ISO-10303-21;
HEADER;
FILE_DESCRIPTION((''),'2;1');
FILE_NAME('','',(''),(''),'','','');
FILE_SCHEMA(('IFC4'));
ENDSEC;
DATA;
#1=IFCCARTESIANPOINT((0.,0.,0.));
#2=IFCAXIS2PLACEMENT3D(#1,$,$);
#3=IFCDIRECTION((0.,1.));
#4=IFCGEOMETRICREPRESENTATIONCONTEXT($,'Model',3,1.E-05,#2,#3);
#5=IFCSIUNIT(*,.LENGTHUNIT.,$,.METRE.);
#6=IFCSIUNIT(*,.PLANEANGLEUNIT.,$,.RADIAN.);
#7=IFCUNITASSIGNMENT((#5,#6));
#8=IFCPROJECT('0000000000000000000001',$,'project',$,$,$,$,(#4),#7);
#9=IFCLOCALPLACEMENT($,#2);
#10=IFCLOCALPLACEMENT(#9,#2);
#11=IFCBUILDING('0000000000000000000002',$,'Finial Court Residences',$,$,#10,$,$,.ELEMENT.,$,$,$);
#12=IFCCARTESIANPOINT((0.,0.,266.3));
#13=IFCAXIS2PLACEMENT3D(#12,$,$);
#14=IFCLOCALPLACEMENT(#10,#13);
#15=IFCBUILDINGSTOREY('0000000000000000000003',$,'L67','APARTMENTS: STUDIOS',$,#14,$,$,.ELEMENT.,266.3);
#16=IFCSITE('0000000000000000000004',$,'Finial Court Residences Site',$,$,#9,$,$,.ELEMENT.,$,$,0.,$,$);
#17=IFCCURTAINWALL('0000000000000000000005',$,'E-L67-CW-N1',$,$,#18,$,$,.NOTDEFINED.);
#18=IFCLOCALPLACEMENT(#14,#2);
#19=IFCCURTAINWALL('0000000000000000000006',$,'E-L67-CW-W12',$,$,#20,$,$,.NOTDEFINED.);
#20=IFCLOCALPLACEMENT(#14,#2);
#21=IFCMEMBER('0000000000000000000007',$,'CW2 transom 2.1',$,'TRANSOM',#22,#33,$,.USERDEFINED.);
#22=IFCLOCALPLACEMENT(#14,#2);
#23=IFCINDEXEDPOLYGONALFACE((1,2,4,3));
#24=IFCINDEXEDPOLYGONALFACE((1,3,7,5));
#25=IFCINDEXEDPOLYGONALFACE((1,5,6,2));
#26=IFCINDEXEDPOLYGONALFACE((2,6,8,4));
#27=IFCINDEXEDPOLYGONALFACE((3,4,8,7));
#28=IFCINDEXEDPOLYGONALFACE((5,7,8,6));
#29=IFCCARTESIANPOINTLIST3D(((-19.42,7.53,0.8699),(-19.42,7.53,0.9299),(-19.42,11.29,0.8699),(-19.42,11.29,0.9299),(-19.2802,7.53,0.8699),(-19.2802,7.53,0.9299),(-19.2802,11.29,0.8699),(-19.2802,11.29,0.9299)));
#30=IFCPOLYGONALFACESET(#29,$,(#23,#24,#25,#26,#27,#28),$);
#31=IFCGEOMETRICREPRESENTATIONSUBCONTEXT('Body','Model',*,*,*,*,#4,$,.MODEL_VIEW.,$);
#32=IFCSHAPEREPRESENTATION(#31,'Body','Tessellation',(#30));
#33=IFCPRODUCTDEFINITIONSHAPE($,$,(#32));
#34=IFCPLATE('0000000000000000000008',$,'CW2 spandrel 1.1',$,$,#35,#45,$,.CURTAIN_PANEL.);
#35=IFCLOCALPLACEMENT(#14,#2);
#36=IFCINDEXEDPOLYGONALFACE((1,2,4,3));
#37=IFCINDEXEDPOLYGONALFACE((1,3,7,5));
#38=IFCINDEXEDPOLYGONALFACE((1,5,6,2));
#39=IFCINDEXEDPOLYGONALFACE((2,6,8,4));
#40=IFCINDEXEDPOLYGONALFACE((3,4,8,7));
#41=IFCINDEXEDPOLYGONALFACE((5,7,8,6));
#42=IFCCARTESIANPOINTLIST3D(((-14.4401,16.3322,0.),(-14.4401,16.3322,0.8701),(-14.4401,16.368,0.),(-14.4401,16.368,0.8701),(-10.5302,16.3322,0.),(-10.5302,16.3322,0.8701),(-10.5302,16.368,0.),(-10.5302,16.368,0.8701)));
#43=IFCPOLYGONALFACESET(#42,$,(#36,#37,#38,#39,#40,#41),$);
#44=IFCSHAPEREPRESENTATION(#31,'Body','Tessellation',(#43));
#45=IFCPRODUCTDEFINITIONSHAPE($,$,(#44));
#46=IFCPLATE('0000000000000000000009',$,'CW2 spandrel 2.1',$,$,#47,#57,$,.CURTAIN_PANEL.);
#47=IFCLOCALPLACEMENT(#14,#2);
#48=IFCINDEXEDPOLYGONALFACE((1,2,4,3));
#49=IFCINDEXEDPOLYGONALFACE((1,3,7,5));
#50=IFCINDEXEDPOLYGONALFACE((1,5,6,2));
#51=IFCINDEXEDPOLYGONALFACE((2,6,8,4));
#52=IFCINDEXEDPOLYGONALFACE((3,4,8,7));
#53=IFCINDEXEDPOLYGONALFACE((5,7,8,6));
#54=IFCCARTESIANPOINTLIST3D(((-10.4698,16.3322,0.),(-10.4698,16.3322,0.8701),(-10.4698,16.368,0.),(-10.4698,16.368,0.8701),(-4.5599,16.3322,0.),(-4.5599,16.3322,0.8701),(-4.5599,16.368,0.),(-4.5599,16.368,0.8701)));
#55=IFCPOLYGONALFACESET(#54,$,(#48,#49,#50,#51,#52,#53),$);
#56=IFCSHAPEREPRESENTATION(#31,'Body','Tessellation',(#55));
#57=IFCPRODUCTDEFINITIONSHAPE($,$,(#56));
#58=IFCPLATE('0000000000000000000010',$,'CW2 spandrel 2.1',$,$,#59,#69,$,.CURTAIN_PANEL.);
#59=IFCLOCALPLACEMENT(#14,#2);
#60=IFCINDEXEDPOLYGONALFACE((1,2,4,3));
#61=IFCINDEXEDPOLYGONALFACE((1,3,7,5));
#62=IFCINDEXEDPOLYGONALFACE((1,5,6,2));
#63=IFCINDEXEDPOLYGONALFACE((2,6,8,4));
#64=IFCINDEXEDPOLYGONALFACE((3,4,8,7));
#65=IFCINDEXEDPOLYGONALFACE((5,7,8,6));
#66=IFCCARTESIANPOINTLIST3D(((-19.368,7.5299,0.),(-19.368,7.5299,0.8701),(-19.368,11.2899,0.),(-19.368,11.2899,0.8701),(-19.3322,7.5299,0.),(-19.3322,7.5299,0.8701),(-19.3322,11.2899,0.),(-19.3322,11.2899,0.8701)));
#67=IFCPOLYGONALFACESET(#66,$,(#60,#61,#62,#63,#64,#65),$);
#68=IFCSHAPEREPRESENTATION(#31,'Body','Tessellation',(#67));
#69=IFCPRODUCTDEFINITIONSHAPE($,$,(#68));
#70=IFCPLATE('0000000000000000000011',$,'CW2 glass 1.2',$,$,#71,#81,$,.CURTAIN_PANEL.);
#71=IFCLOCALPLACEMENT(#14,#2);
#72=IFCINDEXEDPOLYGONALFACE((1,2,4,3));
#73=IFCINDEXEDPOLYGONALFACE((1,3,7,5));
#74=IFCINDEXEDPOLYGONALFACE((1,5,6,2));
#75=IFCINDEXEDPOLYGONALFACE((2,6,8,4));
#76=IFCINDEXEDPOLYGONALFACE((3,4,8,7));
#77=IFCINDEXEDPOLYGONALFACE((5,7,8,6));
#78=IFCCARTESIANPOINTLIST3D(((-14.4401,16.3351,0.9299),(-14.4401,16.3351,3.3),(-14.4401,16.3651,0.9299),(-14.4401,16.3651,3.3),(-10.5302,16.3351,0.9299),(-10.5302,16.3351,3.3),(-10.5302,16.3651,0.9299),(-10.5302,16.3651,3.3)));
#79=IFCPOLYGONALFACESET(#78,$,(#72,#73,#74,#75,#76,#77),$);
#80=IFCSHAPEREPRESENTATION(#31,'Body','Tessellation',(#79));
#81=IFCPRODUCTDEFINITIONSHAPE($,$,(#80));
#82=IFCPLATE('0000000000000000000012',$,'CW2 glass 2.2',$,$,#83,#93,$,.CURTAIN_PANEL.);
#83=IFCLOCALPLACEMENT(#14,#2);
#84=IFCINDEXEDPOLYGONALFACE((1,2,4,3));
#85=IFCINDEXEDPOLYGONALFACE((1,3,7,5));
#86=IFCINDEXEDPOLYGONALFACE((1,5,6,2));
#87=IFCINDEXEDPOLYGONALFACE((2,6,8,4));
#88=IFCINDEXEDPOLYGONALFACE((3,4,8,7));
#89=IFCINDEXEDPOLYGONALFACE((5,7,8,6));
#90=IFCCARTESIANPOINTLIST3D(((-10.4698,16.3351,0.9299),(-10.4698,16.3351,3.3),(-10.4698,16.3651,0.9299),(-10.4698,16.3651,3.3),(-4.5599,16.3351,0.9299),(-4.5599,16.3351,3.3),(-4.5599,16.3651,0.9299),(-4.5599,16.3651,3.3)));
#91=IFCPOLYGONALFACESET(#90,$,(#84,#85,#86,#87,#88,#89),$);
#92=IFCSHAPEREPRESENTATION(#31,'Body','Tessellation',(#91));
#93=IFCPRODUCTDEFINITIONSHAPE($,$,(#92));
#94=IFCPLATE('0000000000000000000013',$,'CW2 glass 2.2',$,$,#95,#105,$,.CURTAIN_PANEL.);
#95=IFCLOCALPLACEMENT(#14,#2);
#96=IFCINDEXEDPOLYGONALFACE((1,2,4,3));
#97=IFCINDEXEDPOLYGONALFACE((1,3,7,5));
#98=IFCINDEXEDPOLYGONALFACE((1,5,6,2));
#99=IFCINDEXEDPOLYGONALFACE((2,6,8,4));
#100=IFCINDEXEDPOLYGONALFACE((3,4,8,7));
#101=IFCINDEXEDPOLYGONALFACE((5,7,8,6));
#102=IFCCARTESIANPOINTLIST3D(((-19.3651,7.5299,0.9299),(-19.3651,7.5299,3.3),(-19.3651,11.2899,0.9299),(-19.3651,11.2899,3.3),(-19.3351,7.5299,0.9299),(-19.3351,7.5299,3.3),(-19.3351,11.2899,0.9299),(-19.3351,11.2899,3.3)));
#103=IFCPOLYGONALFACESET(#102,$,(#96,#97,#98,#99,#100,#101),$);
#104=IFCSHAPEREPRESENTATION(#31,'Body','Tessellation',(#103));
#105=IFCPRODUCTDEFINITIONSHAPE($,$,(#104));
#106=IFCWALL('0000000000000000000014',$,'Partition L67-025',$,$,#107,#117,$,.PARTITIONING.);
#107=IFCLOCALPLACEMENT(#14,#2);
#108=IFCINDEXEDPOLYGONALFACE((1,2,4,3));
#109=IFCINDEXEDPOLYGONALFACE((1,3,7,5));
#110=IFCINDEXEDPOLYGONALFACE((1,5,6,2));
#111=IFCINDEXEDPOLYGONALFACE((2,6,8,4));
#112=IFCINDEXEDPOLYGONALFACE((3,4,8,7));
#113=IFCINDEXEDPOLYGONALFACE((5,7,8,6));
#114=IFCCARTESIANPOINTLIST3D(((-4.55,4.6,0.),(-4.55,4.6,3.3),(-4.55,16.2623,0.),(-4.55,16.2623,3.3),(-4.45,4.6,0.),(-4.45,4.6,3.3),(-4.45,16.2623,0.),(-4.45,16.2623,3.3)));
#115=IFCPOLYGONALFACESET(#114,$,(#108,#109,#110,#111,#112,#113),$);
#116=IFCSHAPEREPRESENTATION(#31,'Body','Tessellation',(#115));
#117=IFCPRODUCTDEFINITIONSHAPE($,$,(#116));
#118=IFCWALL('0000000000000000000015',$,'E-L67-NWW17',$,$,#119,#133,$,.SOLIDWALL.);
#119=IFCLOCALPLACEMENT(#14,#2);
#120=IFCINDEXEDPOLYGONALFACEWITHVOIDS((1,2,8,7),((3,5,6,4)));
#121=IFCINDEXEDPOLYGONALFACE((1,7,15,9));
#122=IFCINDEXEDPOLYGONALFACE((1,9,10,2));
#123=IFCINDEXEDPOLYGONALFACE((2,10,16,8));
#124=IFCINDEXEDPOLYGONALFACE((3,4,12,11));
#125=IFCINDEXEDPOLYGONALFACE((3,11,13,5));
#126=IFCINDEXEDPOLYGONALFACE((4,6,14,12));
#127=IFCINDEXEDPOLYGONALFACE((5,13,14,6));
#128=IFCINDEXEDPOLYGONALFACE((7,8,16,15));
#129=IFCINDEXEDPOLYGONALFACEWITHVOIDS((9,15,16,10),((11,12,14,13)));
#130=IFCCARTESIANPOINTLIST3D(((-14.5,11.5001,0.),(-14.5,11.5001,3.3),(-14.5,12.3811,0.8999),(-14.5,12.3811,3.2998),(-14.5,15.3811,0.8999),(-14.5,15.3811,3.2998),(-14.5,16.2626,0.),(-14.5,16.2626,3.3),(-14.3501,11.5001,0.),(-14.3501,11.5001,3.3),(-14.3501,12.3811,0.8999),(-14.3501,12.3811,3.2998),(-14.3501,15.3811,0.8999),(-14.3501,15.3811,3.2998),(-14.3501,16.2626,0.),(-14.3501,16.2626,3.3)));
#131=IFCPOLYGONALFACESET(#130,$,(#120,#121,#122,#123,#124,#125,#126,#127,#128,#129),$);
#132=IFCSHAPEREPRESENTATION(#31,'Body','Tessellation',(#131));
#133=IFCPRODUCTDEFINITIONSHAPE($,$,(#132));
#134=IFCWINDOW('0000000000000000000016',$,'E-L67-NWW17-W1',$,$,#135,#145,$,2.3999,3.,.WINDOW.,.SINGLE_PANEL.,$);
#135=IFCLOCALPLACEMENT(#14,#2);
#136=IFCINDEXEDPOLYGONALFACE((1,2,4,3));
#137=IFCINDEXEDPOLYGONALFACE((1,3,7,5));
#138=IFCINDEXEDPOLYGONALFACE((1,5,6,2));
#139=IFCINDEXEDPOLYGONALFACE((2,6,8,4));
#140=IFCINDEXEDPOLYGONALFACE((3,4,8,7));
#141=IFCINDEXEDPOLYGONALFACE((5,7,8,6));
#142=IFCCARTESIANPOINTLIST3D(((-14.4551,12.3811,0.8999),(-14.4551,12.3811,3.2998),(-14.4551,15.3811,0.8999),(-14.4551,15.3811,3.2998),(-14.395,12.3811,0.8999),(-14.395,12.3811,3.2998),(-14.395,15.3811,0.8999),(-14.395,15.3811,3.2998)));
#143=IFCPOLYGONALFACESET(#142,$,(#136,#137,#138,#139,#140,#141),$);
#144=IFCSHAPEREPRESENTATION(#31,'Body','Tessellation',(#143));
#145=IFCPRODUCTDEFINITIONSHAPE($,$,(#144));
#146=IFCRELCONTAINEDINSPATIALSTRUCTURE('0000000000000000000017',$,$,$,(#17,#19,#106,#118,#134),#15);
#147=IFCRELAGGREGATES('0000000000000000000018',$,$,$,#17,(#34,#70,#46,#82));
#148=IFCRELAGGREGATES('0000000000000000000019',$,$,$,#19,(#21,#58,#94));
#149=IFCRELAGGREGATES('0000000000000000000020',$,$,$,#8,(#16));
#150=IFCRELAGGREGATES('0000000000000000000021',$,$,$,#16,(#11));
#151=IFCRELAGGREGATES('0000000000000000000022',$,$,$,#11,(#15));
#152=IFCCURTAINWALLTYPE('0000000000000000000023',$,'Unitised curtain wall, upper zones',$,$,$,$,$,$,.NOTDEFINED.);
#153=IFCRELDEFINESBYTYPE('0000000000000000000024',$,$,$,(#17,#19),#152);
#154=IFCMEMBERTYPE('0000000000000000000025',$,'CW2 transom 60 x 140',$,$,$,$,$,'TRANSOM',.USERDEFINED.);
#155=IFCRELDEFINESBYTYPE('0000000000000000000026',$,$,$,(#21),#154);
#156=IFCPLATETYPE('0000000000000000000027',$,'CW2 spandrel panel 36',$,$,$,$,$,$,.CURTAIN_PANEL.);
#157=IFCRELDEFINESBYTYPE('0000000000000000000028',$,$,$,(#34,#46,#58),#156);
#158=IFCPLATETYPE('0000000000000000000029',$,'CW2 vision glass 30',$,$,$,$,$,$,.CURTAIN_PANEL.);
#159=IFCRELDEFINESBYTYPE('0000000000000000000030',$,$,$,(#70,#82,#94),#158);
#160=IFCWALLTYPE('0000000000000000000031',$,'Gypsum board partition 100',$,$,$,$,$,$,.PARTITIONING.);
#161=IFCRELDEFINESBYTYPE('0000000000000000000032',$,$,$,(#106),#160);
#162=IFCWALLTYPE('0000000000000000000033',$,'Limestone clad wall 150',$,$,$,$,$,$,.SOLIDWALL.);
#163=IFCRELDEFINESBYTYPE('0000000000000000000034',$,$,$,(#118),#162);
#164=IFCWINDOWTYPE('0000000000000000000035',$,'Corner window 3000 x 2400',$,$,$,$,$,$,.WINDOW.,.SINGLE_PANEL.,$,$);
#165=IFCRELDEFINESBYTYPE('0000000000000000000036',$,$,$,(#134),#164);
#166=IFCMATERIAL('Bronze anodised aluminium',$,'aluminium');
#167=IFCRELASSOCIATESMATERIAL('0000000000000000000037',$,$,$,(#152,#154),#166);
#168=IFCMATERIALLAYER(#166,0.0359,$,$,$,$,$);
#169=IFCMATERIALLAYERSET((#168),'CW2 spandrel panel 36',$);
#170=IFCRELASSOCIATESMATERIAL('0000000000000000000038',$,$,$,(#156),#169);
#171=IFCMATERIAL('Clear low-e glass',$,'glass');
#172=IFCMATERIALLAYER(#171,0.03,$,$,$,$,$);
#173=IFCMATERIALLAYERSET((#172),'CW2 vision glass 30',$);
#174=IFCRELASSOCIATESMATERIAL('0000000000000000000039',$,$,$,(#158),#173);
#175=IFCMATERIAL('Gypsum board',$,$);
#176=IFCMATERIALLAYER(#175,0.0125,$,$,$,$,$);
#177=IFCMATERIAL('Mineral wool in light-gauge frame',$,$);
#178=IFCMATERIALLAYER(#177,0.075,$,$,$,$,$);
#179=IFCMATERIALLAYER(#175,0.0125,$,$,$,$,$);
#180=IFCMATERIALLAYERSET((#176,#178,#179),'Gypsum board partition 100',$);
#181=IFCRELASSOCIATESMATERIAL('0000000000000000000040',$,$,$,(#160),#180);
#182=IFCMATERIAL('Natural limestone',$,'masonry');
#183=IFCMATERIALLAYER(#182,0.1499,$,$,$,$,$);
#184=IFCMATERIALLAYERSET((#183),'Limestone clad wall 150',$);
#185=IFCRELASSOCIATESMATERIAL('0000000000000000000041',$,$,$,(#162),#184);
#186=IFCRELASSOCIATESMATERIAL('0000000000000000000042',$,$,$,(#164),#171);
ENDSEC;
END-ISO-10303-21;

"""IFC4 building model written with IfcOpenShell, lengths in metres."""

from ifc_helpers import new_model, si_unit, direction, frame, frame_2d, origin, origin_2d, place, context, subcontext, project, spatial, rectangle, extrude, material, layer, layer_set, material_profile, profile_set, type_object, element, fill, aggregate, save


model = new_model("IFC4")

# Units and contexts
model_context = context("Model", 3, precision=1e-05, world=origin(), true_north=direction((0.0, 1.0)))
body_context = subcontext(model_context, "Body", "Model", "MODEL_VIEW")
ifc_project = project(units=[si_unit("LENGTHUNIT", "METRE"), si_unit("PLANEANGLEUNIT", "RADIAN")], contexts=[model_context])

# Site, building, storey
site_placement = place(None, origin())
site = spatial("IfcSite", under=ifc_project, at=site_placement, Name="Finial Court Residences Site", CompositionType="ELEMENT", RefElevation=0.0)
building_placement = place(site_placement, origin())
building = spatial("IfcBuilding", under=site, at=building_placement, Name="Finial Court Residences", CompositionType="ELEMENT")
storey_placement = place(building_placement, frame((0.0, 0.0, 266.3)))
storey = spatial("IfcBuildingStorey", under=building, at=storey_placement, Name="L67", Description="APARTMENTS: STUDIOS", CompositionType="ELEMENT", Elevation=266.3)

# Curtain wall
ifc_material_1 = material(Name="Bronze anodised aluminium", Category="aluminium")
curtain_wall_type = type_object("IfcCurtainWallType", Name="Unitised curtain wall, upper zones", PredefinedType="NOTDEFINED", material=ifc_material_1)
curtain_wall_1_placement = place(storey_placement, origin())
curtain_wall_1 = element("IfcCurtainWall", 1, at=curtain_wall_1_placement, inside=storey, type_object=curtain_wall_type, Name="E-L67-CW-N1", PredefinedType="NOTDEFINED")

# Curtain wall
curtain_wall_2_placement = place(storey_placement, origin())
curtain_wall_2 = element("IfcCurtainWall", 2, at=curtain_wall_2_placement, inside=storey, type_object=curtain_wall_type, Name="E-L67-CW-W12", PredefinedType="NOTDEFINED")

# Member
ifc_material_profile_1 = material_profile(ifc_material_1, rectangle(XDim=0.1399, YDim=0.0601, at=origin_2d()), Name="CW2 transom 60 x 140")
ifc_profile_set_1 = profile_set([ifc_material_profile_1], Name="Bronze anodised aluminium")
member_type_1 = type_object("IfcMemberType", Name="CW2 transom 60 x 140", ElementType="TRANSOM", PredefinedType="USERDEFINED", material=ifc_profile_set_1)
member_1_placement = place(storey_placement, frame((-19.3501, 7.53, 0.8999), z_axis=(0.0, 1.0, 0.0), x_axis=(-1.0, 0.0, 0.0)))
member_1 = element("IfcMember", 3, at=member_1_placement, type_object=member_type_1, Name="CW2 transom 2.1", ObjectType="TRANSOM", PredefinedType="USERDEFINED", context=body_context, shape_type="SweptSolid", body=[
    extrude(rectangle(XDim=0.1399, YDim=0.0601, at=origin_2d()), origin(), (0.0, 0.0, 1.0), 3.76),
])

# Plates
ifc_layer_1 = layer(ifc_material_1, 0.0359)
ifc_layer_set_1 = layer_set([ifc_layer_1], Name="CW2 spandrel panel 36")
plate_type_1 = type_object("IfcPlateType", Name="CW2 spandrel panel 36", PredefinedType="CURTAIN_PANEL", material=ifc_layer_set_1)
plate_1_placement = place(storey_placement, frame((-12.4851, 16.3501, 0.0), z_axis=(0.0, 0.0, 1.0), x_axis=(1.0, 0.0, 0.0)))
plate_1 = element("IfcPlate", 4, at=plate_1_placement, type_object=plate_type_1, Name="CW2 spandrel 1.1", PredefinedType="CURTAIN_PANEL", context=body_context, shape_type="SweptSolid", body=[
    extrude(rectangle(XDim=3.9099, YDim=0.0359, at=origin_2d()), origin(), (0.0, 0.0, 1.0), 0.8701),
])
plate_2_placement = place(storey_placement, frame((-7.5149, 16.3501, 0.0), z_axis=(0.0, 0.0, 1.0), x_axis=(1.0, 0.0, 0.0)))
plate_2 = element("IfcPlate", 5, at=plate_2_placement, type_object=plate_type_1, Name="CW2 spandrel 2.1", PredefinedType="CURTAIN_PANEL", context=body_context, shape_type="SweptSolid", body=[
    extrude(rectangle(XDim=5.9099, YDim=0.0359, at=origin_2d()), origin(), (0.0, 0.0, 1.0), 0.8701),
])
plate_3_placement = place(storey_placement, frame((-19.3501, 9.4099, 0.0), z_axis=(0.0, 0.0, 1.0), x_axis=(0.0, 1.0, 0.0)))
plate_3 = element("IfcPlate", 6, at=plate_3_placement, type_object=plate_type_1, Name="CW2 spandrel 2.1", PredefinedType="CURTAIN_PANEL", context=body_context, shape_type="SweptSolid", body=[
    extrude(rectangle(XDim=3.76, YDim=0.0359, at=origin_2d()), origin(), (0.0, 0.0, 1.0), 0.8701),
])
ifc_material_2 = material(Name="Clear low-e glass", Category="glass")
ifc_layer_2 = layer(ifc_material_2, 0.03)
ifc_layer_set_2 = layer_set([ifc_layer_2], Name="CW2 vision glass 30")
plate_type_2 = type_object("IfcPlateType", Name="CW2 vision glass 30", PredefinedType="CURTAIN_PANEL", material=ifc_layer_set_2)
plate_4_placement = place(storey_placement, frame((-12.4851, 16.3501, 0.9299), z_axis=(0.0, 0.0, 1.0), x_axis=(1.0, 0.0, 0.0)))
plate_4 = element("IfcPlate", 7, at=plate_4_placement, type_object=plate_type_2, Name="CW2 glass 1.2", PredefinedType="CURTAIN_PANEL", context=body_context, shape_type="SweptSolid", body=[
    extrude(rectangle(XDim=3.9099, YDim=0.03, at=origin_2d()), origin(), (0.0, 0.0, 1.0), 2.3701),
])
plate_5_placement = place(storey_placement, frame((-7.5149, 16.3501, 0.9299), z_axis=(0.0, 0.0, 1.0), x_axis=(1.0, 0.0, 0.0)))
plate_5 = element("IfcPlate", 8, at=plate_5_placement, type_object=plate_type_2, Name="CW2 glass 2.2", PredefinedType="CURTAIN_PANEL", context=body_context, shape_type="SweptSolid", body=[
    extrude(rectangle(XDim=5.9099, YDim=0.03, at=origin_2d()), origin(), (0.0, 0.0, 1.0), 2.3701),
])
aggregate(curtain_wall_1, [plate_1, plate_4, plate_2, plate_5])
plate_6_placement = place(storey_placement, frame((-19.3501, 9.4099, 0.9299), z_axis=(0.0, 0.0, 1.0), x_axis=(0.0, 1.0, 0.0)))
plate_6 = element("IfcPlate", 9, at=plate_6_placement, type_object=plate_type_2, Name="CW2 glass 2.2", PredefinedType="CURTAIN_PANEL", context=body_context, shape_type="SweptSolid", body=[
    extrude(rectangle(XDim=3.76, YDim=0.03, at=origin_2d()), origin(), (0.0, 0.0, 1.0), 2.3701),
])
aggregate(curtain_wall_2, [member_1, plate_3, plate_6])

# Wall
ifc_material_3 = material(Name="Gypsum board")
ifc_layer_3 = layer(ifc_material_3, 0.0125)
ifc_material_4 = material(Name="Mineral wool in light-gauge frame")
ifc_layer_4 = layer(ifc_material_4, 0.075)
ifc_layer_5 = layer(ifc_material_3, 0.0125)
ifc_layer_set_3 = layer_set([ifc_layer_3, ifc_layer_4, ifc_layer_5], Name="Gypsum board partition 100")
wall_type_1 = type_object("IfcWallType", Name="Gypsum board partition 100", PredefinedType="PARTITIONING", material=ifc_layer_set_3)
wall_1_placement = place(storey_placement, frame((-4.5, 4.6001, 0.0), z_axis=(0.0, 0.0, 1.0), x_axis=(0.0, 1.0, 0.0)))
element("IfcWall", 10, at=wall_1_placement, inside=storey, type_object=wall_type_1, Name="Partition L67-025", PredefinedType="PARTITIONING", context=body_context, shape_type="SweptSolid", body=[
    extrude(rectangle(XDim=11.6624, YDim=0.1001, at=frame_2d((5.8311, 0.0))), origin(), (0.0, 0.0, 1.0), 3.3),
])

# Wall, opening, window
ifc_material_5 = material(Name="Natural limestone", Category="masonry")
ifc_layer_6 = layer(ifc_material_5, 0.1499)
ifc_layer_set_4 = layer_set([ifc_layer_6], Name="Limestone clad wall 150")
wall_type_2 = type_object("IfcWallType", Name="Limestone clad wall 150", PredefinedType="SOLIDWALL", material=ifc_layer_set_4)
wall_2_placement = place(storey_placement, frame((-14.425, 11.5, 0.0), z_axis=(0.0, 0.0, 1.0), x_axis=(0.0, 1.0, 0.0)))
wall_2 = element("IfcWall", 11, at=wall_2_placement, inside=storey, type_object=wall_type_2, Name="E-L67-NWW17", PredefinedType="SOLIDWALL", context=body_context, shape_type="SweptSolid", body=[
    extrude(rectangle(XDim=4.7625, YDim=0.1499, at=frame_2d((2.3813, 0.0))), origin(), (0.0, 0.0, 1.0), 3.3),
])
opening_1_placement = place(wall_2_placement, frame((0.8811, 0.0, 0.8999)))
opening_1 = element("IfcOpeningElement", 12, at=opening_1_placement, cuts=wall_2, PredefinedType="OPENING", context=body_context, shape_type="SweptSolid", body=[
    extrude(rectangle(XDim=3.0, YDim=2.3999, at=frame_2d((1.5, 1.2))), frame((0.0, 0.085, 0.0), z_axis=(0.0, -1.0, 0.0), x_axis=(1.0, 0.0, 0.0)), (0.0, 0.0, 1.0), 0.1699),
])
window_type_1 = type_object("IfcWindowType", Name="Corner window 3000 x 2400", PartitioningType="SINGLE_PANEL", PredefinedType="WINDOW", material=ifc_material_2)
window_1_placement = place(opening_1_placement, origin())
window_1 = element("IfcWindow", 13, at=window_1_placement, inside=storey, type_object=window_type_1, Name="E-L67-NWW17-W1", OverallHeight=2.3999, OverallWidth=3.0, PartitioningType="SINGLE_PANEL", PredefinedType="WINDOW", context=body_context, shape_type="SweptSolid", body=[
    extrude(rectangle(XDim=3.0, YDim=2.3999, at=frame_2d((1.5, 1.2))), frame((0.0, 0.03, 0.0), z_axis=(0.0, -1.0, 0.0), x_axis=(1.0, 0.0, 0.0)), (0.0, 0.0, 1.0), 0.0601),
])
fill(opening_1, window_1)

save(model, "model.ifc")
